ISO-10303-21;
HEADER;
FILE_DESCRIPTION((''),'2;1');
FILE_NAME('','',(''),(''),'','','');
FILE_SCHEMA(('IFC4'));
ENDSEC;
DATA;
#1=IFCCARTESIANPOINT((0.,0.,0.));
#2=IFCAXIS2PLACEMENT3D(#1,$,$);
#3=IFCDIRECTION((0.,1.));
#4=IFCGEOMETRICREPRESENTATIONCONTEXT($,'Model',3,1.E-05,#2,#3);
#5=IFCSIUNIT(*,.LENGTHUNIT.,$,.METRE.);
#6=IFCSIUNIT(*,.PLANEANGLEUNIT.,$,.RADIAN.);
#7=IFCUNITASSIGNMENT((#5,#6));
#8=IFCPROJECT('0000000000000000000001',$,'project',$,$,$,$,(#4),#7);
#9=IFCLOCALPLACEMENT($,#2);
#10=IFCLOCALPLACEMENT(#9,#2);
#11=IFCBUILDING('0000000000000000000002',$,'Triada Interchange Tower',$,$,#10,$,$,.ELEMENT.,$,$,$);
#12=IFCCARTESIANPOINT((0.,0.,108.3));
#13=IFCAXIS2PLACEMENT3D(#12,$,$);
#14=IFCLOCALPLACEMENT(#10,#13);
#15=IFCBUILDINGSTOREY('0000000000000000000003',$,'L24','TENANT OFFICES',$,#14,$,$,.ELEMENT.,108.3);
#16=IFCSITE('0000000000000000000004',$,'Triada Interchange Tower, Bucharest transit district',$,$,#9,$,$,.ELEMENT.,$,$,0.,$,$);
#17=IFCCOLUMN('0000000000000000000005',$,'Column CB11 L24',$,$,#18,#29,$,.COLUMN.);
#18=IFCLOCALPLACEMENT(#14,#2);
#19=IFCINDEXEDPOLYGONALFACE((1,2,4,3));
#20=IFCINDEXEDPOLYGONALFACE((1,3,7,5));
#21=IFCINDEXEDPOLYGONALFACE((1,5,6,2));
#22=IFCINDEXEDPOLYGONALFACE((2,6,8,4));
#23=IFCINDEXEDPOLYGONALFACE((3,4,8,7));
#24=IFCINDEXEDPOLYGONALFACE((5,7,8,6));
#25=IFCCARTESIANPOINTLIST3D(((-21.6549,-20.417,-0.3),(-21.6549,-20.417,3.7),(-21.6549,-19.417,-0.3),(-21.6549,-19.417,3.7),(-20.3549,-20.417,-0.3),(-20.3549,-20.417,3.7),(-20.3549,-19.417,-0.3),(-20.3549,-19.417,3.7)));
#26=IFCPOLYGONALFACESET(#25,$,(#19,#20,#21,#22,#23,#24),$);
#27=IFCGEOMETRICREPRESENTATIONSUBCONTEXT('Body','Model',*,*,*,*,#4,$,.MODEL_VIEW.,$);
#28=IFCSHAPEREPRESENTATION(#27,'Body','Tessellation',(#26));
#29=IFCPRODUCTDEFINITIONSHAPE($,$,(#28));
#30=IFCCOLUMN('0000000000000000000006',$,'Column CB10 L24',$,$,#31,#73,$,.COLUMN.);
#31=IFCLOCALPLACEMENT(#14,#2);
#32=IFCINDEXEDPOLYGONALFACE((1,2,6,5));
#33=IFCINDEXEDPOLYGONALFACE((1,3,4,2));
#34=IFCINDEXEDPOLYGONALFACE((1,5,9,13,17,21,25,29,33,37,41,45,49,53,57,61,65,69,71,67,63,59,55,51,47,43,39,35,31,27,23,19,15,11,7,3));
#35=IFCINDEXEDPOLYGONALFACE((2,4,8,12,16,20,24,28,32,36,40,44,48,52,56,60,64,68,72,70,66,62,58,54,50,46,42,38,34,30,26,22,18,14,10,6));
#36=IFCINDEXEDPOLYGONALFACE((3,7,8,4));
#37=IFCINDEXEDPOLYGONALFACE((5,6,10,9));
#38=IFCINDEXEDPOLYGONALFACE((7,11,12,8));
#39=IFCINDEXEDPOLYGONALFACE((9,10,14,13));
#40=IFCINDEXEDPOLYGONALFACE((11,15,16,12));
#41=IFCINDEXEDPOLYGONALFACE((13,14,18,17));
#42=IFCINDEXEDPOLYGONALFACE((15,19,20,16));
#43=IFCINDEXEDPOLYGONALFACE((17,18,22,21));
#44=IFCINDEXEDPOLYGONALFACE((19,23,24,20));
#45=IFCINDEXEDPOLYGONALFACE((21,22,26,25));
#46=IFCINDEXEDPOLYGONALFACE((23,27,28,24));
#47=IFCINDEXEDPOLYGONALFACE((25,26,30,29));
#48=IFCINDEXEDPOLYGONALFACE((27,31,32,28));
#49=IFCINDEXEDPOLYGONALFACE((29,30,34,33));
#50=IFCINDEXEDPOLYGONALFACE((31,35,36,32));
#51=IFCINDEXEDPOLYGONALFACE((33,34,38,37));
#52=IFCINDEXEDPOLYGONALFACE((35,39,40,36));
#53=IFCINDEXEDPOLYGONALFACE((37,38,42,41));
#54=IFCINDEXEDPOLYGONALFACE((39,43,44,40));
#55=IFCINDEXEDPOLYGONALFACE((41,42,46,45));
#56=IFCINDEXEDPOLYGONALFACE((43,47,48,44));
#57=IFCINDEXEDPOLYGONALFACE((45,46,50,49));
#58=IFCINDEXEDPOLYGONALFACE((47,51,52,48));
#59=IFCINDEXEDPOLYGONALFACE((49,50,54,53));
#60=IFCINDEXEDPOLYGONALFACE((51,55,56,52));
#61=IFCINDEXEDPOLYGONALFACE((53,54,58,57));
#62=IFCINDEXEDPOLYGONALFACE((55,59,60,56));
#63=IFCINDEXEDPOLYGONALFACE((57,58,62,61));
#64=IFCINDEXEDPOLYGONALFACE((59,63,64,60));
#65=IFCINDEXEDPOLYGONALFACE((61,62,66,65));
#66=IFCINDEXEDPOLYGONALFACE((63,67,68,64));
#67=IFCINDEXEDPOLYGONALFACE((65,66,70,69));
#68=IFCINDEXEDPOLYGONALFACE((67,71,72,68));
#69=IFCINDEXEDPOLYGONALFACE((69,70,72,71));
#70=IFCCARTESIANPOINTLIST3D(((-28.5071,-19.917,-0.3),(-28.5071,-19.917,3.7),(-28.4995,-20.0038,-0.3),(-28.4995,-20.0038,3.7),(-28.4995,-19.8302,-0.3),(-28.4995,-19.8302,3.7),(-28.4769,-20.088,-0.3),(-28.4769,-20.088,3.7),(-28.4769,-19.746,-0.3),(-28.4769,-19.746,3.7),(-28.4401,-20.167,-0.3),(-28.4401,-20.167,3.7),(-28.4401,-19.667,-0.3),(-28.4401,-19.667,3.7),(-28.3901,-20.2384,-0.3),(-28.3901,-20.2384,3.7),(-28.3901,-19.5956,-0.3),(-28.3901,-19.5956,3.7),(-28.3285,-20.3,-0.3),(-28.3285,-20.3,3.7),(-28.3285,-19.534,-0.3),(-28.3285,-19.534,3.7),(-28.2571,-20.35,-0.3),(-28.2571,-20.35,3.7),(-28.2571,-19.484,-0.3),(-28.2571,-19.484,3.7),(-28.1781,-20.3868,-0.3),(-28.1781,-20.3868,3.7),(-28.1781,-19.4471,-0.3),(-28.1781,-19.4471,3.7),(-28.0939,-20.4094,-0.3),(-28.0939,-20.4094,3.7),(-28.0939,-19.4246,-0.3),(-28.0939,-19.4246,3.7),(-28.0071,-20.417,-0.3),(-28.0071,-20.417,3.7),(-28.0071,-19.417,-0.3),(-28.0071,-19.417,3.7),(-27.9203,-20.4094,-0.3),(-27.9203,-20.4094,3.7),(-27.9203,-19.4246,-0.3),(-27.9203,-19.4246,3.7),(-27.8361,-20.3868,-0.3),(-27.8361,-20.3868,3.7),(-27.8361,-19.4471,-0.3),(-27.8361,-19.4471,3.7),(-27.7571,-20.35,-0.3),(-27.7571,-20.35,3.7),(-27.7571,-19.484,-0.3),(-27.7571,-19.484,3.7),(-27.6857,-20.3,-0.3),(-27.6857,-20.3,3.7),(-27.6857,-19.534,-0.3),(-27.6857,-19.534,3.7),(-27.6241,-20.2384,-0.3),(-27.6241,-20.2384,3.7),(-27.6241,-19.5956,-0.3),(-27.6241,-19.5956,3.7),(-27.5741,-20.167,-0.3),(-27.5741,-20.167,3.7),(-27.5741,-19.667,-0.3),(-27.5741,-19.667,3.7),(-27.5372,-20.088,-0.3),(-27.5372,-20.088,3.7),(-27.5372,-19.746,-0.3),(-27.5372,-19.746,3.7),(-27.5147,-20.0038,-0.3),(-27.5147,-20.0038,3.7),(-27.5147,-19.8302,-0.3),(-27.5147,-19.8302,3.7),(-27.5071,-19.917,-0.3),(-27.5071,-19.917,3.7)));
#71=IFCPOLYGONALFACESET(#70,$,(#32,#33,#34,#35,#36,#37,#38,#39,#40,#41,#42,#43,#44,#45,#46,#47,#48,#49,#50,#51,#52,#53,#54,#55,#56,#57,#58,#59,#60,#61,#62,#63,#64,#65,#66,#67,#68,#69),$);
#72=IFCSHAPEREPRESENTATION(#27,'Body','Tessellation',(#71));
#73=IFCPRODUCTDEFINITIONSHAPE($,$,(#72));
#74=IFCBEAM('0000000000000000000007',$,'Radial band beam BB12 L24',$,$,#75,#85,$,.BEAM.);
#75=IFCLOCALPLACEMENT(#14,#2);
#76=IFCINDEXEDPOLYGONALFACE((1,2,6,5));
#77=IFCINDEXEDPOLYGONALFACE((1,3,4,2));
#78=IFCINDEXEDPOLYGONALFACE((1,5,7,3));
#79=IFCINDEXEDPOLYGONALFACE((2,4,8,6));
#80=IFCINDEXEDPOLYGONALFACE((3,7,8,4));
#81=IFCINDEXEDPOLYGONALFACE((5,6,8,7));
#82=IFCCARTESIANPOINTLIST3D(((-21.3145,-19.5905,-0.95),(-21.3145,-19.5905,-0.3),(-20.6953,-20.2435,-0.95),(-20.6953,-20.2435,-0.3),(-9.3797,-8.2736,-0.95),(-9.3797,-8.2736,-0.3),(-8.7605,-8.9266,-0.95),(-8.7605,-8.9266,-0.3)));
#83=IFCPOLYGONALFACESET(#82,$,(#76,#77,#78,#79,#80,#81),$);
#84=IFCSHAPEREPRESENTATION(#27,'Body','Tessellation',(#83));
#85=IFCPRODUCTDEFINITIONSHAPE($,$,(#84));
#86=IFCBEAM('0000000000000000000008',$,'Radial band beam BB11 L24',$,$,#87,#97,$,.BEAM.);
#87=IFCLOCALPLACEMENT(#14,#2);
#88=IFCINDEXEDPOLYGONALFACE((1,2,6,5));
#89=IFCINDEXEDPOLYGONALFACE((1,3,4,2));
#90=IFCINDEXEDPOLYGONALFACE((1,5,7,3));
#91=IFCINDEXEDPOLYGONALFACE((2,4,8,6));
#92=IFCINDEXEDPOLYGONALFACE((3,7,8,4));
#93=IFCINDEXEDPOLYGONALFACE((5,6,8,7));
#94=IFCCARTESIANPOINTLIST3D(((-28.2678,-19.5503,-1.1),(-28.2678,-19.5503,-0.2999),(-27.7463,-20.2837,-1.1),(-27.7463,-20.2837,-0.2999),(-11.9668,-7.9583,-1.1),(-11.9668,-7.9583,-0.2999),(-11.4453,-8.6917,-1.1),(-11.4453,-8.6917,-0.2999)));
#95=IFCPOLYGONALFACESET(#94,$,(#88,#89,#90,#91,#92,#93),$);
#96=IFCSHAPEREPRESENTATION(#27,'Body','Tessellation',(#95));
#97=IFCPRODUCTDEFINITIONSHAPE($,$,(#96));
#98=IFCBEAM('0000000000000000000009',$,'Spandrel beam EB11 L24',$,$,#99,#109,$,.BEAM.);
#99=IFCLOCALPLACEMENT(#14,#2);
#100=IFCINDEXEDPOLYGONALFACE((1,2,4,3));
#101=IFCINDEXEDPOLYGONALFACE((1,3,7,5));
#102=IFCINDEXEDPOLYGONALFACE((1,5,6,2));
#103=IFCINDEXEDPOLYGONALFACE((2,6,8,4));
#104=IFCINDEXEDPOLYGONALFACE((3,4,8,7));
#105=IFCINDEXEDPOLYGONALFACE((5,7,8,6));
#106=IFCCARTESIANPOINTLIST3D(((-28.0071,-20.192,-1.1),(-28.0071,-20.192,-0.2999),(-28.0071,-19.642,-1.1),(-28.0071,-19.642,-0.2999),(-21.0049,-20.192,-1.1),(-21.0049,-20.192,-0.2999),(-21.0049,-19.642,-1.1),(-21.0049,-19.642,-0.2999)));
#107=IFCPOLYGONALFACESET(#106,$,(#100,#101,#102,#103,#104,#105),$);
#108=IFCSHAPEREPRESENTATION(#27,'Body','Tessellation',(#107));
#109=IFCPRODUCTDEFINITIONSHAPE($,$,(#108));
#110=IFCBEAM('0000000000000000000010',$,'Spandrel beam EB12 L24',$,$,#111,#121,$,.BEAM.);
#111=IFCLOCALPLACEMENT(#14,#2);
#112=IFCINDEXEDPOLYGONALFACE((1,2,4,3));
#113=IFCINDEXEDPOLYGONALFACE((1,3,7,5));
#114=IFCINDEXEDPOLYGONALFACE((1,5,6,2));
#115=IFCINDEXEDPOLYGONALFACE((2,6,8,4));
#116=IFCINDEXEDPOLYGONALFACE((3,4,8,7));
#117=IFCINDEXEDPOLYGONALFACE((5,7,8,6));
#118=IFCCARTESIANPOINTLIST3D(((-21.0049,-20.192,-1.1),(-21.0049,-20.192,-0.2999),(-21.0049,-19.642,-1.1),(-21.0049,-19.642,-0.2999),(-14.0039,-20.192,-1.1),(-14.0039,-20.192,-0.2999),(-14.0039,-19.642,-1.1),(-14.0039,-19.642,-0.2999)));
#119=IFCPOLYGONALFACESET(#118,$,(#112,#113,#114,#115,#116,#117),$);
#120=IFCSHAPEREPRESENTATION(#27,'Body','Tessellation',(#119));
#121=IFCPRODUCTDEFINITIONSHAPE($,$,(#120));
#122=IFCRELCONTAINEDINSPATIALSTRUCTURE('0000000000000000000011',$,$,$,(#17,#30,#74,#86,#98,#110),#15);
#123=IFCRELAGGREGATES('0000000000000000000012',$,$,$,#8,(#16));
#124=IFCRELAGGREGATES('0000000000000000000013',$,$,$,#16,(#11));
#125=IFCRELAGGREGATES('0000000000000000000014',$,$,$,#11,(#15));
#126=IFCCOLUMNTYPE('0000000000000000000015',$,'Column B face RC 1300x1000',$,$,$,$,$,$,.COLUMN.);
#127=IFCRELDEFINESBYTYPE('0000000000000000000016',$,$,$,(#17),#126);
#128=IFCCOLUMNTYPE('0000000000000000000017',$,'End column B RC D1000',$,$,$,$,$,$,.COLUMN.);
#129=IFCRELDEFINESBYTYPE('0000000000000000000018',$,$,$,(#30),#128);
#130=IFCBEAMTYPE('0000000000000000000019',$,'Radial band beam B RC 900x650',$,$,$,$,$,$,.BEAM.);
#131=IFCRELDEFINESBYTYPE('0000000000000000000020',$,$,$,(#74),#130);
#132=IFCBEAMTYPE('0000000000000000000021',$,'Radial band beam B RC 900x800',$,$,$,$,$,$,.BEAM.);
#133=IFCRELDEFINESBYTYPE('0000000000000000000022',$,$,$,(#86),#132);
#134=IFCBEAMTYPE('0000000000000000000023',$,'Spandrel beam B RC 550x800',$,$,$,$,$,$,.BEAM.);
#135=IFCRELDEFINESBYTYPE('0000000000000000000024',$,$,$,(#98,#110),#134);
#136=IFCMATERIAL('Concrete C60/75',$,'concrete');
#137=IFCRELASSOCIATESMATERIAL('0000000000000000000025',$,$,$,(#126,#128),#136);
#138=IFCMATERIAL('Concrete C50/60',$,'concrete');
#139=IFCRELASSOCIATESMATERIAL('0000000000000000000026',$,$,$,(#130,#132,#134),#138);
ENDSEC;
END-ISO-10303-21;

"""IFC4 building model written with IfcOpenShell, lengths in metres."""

from ifc_helpers import new_model, si_unit, direction, frame, origin, origin_2d, place, context, subcontext, project, spatial, rectangle, circle, extrude, material, material_profile, profile_set, type_object, element, save


model = new_model("IFC4")

# Units and contexts
model_context = context("Model", 3, precision=1e-05, world=origin(), true_north=direction((0.0, 1.0)))
body_context = subcontext(model_context, "Body", "Model", "MODEL_VIEW")
ifc_project = project(units=[si_unit("LENGTHUNIT", "METRE"), si_unit("PLANEANGLEUNIT", "RADIAN")], contexts=[model_context])

# Site, building, storey
site_placement = place(None, origin())
site = spatial("IfcSite", under=ifc_project, at=site_placement, Name="Triada Interchange Tower, Bucharest transit district", CompositionType="ELEMENT", RefElevation=0.0)
building_placement = place(site_placement, origin())
building = spatial("IfcBuilding", under=site, at=building_placement, Name="Triada Interchange Tower", CompositionType="ELEMENT")
storey_placement = place(building_placement, frame((0.0, 0.0, 108.3)))
storey = spatial("IfcBuildingStorey", under=building, at=storey_placement, Name="L24", Description="TENANT OFFICES", CompositionType="ELEMENT", Elevation=108.3)

# Columns
ifc_material_1 = material(Name="Concrete C60/75", Category="concrete")
ifc_material_profile_1 = material_profile(ifc_material_1, rectangle(XDim=1.3, YDim=1.0, at=origin_2d()), Name="RC 1300x1000")
ifc_profile_set_1 = profile_set([ifc_material_profile_1], Name="Concrete C60/75")
column_type_1 = type_object("IfcColumnType", Name="Column B face RC 1300x1000", PredefinedType="COLUMN", material=ifc_profile_set_1)
column_1_placement = place(storey_placement, frame((-21.0049, -19.917, -0.3), z_axis=(0.0, 0.0, 1.0), x_axis=(1.0, 0.0, 0.0)))
element("IfcColumn", 1, at=column_1_placement, inside=storey, type_object=column_type_1, Name="Column CB11 L24", PredefinedType="COLUMN", context=body_context, shape_type="SweptSolid", body=[
    extrude(rectangle(XDim=1.3, YDim=1.0, at=origin_2d()), origin(), (0.0, 0.0, 1.0), 4.0),
])
ifc_material_profile_2 = material_profile(ifc_material_1, circle(Radius=0.5, at=origin_2d()), Name="RC D1000")
ifc_profile_set_2 = profile_set([ifc_material_profile_2], Name="Concrete C60/75")
column_type_2 = type_object("IfcColumnType", Name="End column B RC D1000", PredefinedType="COLUMN", material=ifc_profile_set_2)
column_2_placement = place(storey_placement, frame((-28.0071, -19.917, -0.3), z_axis=(0.0, 0.0, 1.0), x_axis=(1.0, 0.0, 0.0)))
element("IfcColumn", 2, at=column_2_placement, inside=storey, type_object=column_type_2, Name="Column CB10 L24", PredefinedType="COLUMN", context=body_context, shape_type="SweptSolid", body=[
    extrude(circle(Radius=0.5, at=origin_2d()), origin(), (0.0, 0.0, 1.0), 4.0),
])

# Beams
ifc_material_2 = material(Name="Concrete C50/60", Category="concrete")
ifc_material_profile_3 = material_profile(ifc_material_2, rectangle(XDim=0.8999, YDim=0.6499, at=origin_2d()), Name="RC 900x650")
ifc_profile_set_3 = profile_set([ifc_material_profile_3], Name="Concrete C50/60")
beam_type_1 = type_object("IfcBeamType", Name="Radial band beam B RC 900x650", PredefinedType="BEAM", material=ifc_profile_set_3)
beam_1_placement = place(storey_placement, frame((-21.0049, -19.917, -0.625), z_axis=(0.725642, 0.688072, 0.0), x_axis=(-0.688072, 0.725642, 0.0)))
element("IfcBeam", 3, at=beam_1_placement, inside=storey, type_object=beam_type_1, Name="Radial band beam BB12 L24", PredefinedType="BEAM", context=body_context, shape_type="SweptSolid", body=[
    extrude(rectangle(XDim=0.8999, YDim=0.6499, at=origin_2d()), origin(), (0.0, 0.0, 1.0), 16.4473),
])
ifc_material_profile_4 = material_profile(ifc_material_2, rectangle(XDim=0.8999, YDim=0.8, at=origin_2d()), Name="RC 900x800")
ifc_profile_set_4 = profile_set([ifc_material_profile_4], Name="Concrete C50/60")
beam_type_2 = type_object("IfcBeamType", Name="Radial band beam B RC 900x800", PredefinedType="BEAM", material=ifc_profile_set_4)
beam_2_placement = place(storey_placement, frame((-28.0071, -19.917, -0.7), z_axis=(0.814951, 0.57953, 0.0), x_axis=(-0.57953, 0.814951, 0.0)))
element("IfcBeam", 4, at=beam_2_placement, inside=storey, type_object=beam_type_2, Name="Radial band beam BB11 L24", PredefinedType="BEAM", context=body_context, shape_type="SweptSolid", body=[
    extrude(rectangle(XDim=0.8999, YDim=0.8, at=origin_2d()), origin(), (0.0, 0.0, 1.0), 20.0024),
])
ifc_material_profile_5 = material_profile(ifc_material_2, rectangle(XDim=0.55, YDim=0.8, at=origin_2d()), Name="RC 550x800")
ifc_profile_set_5 = profile_set([ifc_material_profile_5], Name="Concrete C50/60")
beam_type_3 = type_object("IfcBeamType", Name="Spandrel beam B RC 550x800", PredefinedType="BEAM", material=ifc_profile_set_5)
beam_3_placement = place(storey_placement, frame((-28.0071, -19.917, -0.7), z_axis=(1.0, 0.0, 0.0), x_axis=(0.0, 1.0, 0.0)))
element("IfcBeam", 5, at=beam_3_placement, inside=storey, type_object=beam_type_3, Name="Spandrel beam EB11 L24", PredefinedType="BEAM", context=body_context, shape_type="SweptSolid", body=[
    extrude(rectangle(XDim=0.55, YDim=0.8, at=origin_2d()), origin(), (0.0, 0.0, 1.0), 7.0022),
])
beam_4_placement = place(storey_placement, frame((-21.0049, -19.917, -0.7), z_axis=(1.0, 0.0, 0.0), x_axis=(0.0, 1.0, 0.0)))
element("IfcBeam", 6, at=beam_4_placement, inside=storey, type_object=beam_type_3, Name="Spandrel beam EB12 L24", PredefinedType="BEAM", context=body_context, shape_type="SweptSolid", body=[
    extrude(rectangle(XDim=0.55, YDim=0.8, at=origin_2d()), origin(), (0.0, 0.0, 1.0), 7.001),
])

save(model, "model.ifc")
